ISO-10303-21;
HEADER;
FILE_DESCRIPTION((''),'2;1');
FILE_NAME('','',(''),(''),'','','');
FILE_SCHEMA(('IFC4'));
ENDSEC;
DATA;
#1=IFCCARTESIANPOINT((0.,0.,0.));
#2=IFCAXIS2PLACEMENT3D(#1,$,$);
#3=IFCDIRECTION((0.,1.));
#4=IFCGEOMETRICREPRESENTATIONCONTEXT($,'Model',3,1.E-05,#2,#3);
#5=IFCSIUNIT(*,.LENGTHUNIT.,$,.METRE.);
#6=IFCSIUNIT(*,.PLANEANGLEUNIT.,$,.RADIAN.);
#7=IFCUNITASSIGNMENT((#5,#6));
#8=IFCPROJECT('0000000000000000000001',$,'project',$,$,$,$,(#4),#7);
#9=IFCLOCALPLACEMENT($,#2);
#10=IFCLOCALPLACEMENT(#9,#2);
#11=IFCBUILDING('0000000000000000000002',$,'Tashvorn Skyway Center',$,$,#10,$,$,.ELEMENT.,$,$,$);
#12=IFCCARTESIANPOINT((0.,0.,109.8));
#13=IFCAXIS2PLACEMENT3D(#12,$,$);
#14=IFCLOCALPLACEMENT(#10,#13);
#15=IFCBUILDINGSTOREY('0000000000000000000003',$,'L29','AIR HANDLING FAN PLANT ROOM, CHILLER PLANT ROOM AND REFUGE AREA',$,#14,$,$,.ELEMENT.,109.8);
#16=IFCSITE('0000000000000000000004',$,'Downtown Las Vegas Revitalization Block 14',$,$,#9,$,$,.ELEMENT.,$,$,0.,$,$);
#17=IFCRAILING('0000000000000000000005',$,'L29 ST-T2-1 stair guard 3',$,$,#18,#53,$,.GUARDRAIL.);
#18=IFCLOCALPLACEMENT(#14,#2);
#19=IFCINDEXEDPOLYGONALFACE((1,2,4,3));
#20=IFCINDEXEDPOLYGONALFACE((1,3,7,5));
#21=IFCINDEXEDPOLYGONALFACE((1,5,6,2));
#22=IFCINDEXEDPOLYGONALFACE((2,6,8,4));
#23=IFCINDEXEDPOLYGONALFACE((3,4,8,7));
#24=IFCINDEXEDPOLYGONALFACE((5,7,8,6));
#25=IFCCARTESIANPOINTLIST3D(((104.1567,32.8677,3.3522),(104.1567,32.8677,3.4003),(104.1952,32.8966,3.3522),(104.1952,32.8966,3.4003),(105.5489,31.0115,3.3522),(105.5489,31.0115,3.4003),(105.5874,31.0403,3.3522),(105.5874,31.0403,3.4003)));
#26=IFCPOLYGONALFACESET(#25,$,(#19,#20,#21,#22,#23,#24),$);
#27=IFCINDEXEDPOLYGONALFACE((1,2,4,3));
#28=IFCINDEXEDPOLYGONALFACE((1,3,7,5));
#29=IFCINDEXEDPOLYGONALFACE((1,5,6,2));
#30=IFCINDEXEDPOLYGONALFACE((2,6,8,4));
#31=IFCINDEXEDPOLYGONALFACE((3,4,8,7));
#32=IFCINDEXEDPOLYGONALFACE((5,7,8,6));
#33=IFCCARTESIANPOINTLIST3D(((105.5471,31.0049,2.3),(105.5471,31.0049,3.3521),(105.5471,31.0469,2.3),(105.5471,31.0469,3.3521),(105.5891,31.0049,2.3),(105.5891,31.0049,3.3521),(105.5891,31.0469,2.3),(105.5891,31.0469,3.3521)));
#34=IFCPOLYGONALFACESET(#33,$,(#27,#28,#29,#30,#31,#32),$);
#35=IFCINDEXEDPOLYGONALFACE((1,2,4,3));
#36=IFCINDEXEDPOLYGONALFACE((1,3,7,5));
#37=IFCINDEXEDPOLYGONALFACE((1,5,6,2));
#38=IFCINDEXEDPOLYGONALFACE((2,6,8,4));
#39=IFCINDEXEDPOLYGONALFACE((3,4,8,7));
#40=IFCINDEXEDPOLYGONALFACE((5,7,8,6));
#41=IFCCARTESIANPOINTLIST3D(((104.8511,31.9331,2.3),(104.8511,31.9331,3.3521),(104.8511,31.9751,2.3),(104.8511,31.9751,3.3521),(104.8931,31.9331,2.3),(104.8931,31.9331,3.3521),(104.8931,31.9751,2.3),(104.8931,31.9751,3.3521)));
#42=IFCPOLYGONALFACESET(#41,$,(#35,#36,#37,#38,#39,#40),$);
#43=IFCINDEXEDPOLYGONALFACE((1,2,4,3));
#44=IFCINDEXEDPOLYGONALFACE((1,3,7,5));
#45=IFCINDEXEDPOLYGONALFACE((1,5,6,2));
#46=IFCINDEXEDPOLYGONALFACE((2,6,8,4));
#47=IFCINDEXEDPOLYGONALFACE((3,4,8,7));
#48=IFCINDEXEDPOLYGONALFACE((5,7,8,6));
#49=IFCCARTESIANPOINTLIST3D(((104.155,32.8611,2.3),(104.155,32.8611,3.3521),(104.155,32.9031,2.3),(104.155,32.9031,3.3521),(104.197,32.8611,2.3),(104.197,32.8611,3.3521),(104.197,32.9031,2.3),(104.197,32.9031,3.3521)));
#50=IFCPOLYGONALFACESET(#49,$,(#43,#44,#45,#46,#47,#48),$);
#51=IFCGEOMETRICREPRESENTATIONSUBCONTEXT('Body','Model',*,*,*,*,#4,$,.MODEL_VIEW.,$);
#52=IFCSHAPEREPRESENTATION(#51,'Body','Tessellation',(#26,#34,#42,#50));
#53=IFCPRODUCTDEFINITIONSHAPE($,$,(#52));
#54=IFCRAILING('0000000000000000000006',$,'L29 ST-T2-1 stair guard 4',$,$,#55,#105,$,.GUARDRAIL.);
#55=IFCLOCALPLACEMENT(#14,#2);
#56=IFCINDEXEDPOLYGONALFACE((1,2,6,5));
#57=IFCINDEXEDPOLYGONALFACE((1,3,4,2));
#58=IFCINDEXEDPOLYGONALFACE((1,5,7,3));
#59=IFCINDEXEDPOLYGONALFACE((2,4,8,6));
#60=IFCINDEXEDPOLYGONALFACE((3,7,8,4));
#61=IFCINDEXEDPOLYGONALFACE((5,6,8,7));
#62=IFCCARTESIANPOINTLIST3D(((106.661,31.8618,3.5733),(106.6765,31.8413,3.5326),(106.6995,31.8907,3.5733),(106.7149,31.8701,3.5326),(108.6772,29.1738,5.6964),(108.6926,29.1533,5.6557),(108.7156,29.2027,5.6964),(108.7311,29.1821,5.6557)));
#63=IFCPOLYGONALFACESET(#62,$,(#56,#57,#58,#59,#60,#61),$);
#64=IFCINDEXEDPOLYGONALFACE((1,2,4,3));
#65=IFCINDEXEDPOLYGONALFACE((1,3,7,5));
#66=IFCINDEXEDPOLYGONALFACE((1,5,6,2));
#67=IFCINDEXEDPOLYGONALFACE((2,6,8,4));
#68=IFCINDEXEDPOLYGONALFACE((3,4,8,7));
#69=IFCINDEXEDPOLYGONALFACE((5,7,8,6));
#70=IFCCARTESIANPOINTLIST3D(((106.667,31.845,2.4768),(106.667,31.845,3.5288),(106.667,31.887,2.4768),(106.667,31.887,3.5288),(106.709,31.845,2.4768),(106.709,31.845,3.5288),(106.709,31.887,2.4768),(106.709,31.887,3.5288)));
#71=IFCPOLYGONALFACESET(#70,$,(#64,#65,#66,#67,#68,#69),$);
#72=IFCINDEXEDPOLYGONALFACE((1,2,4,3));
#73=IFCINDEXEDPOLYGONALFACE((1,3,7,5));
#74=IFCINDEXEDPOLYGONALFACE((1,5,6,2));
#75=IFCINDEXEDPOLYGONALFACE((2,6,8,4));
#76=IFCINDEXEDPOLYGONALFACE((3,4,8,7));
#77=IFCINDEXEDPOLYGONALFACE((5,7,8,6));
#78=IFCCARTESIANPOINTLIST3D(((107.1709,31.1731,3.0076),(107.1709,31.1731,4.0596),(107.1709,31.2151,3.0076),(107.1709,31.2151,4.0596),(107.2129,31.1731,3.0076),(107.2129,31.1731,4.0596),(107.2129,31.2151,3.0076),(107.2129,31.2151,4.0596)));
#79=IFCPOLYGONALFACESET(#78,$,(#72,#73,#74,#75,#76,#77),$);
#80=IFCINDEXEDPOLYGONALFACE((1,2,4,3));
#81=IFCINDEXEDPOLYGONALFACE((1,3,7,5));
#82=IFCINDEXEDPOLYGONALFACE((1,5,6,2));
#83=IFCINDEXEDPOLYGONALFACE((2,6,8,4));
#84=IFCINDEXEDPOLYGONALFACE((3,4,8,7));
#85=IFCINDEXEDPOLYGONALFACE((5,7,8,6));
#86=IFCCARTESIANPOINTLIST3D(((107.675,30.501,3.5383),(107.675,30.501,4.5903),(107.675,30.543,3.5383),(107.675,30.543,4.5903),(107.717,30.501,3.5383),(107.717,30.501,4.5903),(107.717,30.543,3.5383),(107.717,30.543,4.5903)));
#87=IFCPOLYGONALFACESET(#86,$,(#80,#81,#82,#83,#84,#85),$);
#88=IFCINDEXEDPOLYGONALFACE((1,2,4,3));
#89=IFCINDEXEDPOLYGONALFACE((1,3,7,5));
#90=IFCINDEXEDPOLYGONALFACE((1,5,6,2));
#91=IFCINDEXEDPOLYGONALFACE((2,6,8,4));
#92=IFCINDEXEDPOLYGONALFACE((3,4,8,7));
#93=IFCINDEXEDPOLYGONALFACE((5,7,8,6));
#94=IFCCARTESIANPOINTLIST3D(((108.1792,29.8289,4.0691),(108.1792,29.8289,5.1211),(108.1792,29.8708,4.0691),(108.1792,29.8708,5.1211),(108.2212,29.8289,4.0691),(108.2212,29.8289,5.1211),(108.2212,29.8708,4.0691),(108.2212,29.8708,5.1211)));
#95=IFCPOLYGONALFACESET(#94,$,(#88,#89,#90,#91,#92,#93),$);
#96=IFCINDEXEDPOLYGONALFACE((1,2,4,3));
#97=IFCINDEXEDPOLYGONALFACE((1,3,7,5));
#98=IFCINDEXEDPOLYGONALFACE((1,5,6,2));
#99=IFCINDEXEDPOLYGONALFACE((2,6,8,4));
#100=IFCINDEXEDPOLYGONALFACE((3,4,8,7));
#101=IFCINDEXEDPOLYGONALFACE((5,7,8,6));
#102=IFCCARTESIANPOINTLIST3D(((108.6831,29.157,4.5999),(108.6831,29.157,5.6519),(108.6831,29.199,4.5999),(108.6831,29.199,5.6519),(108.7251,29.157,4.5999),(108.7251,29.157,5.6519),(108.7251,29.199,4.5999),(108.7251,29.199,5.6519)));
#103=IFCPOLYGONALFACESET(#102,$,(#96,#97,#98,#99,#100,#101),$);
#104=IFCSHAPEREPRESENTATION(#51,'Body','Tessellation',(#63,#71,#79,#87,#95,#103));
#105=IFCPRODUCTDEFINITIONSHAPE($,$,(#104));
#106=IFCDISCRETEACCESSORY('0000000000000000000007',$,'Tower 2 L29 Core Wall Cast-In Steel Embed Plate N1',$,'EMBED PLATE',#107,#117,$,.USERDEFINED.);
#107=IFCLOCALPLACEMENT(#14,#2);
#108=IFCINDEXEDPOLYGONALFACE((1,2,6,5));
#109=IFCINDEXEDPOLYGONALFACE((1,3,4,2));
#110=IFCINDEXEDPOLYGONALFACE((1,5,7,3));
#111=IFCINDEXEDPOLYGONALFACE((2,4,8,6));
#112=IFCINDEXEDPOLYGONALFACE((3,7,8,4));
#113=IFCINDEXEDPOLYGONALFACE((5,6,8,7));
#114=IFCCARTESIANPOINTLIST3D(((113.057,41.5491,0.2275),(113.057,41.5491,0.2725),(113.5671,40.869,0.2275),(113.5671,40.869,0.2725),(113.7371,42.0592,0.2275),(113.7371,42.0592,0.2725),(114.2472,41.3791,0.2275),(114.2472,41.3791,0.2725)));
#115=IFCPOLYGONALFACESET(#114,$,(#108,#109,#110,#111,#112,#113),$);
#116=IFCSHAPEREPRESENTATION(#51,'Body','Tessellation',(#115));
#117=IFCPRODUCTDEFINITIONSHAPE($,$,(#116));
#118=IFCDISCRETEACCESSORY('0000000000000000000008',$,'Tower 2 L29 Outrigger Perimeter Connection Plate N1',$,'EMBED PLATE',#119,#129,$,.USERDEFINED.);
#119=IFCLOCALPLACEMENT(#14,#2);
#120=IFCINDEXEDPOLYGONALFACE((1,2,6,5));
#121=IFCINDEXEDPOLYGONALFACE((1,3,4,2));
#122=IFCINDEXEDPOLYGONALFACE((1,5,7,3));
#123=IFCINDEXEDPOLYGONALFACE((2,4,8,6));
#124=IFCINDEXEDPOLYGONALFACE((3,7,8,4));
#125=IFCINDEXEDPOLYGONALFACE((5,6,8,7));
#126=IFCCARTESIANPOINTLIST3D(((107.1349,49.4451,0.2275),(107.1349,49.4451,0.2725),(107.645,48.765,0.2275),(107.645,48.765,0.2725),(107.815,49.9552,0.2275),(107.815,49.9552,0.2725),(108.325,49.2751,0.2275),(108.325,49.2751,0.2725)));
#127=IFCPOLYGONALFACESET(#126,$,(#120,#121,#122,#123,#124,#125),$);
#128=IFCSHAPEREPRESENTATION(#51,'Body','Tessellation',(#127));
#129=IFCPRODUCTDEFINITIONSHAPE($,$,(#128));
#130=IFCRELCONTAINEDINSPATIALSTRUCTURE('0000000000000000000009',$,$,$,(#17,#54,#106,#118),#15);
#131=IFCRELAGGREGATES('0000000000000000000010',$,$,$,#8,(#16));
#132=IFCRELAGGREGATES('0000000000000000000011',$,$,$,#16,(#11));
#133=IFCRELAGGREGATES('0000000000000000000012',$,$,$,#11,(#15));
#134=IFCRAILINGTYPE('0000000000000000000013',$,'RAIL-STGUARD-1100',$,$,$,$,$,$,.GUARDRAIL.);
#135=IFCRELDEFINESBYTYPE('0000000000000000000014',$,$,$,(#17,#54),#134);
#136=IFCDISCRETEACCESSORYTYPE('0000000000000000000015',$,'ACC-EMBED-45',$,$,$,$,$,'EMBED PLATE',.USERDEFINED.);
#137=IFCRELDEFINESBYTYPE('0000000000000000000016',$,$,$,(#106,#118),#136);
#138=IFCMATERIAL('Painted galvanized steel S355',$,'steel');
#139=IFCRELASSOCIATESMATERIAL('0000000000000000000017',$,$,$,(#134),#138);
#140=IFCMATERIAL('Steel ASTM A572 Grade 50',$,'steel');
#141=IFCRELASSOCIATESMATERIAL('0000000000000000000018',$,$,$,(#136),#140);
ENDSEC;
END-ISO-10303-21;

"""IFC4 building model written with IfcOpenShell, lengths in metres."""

from ifc_helpers import new_model, si_unit, direction, frame, origin, origin_2d, place, context, subcontext, project, spatial, rectangle, extrude, material, type_object, element, save


model = new_model("IFC4")

# Units and contexts
model_context = context("Model", 3, precision=1e-05, world=origin(), true_north=direction((0.0, 1.0)))
body_context = subcontext(model_context, "Body", "Model", "MODEL_VIEW")
ifc_project = project(units=[si_unit("LENGTHUNIT", "METRE"), si_unit("PLANEANGLEUNIT", "RADIAN")], contexts=[model_context])

# Site, building, storey
site_placement = place(None, origin())
site = spatial("IfcSite", under=ifc_project, at=site_placement, Name="Downtown Las Vegas Revitalization Block 14", CompositionType="ELEMENT", RefElevation=0.0)
building_placement = place(site_placement, origin())
building = spatial("IfcBuilding", under=site, at=building_placement, Name="Tashvorn Skyway Center", CompositionType="ELEMENT")
storey_placement = place(building_placement, frame((0.0, 0.0, 109.8)))
storey = spatial("IfcBuildingStorey", under=building, at=storey_placement, Name="L29", Description="AIR HANDLING FAN PLANT ROOM, CHILLER PLANT ROOM AND REFUGE AREA", CompositionType="ELEMENT", Elevation=109.8)

# Shared definitions
ifc_material_1 = material(Name="Steel ASTM A572 Grade 50", Category="steel")

# Railings
ifc_material_2 = material(Name="Painted galvanized steel S355", Category="steel")
railing_type_1 = type_object("IfcRailingType", Name="RAIL-STGUARD-1100", PredefinedType="GUARDRAIL", material=ifc_material_2)
railing_1_placement = place(storey_placement, frame((105.5681, 31.0259, 2.3)))
element("IfcRailing", 1, at=railing_1_placement, inside=storey, type_object=railing_type_1, Name="L29 ST-T2-1 stair guard 3", PredefinedType="GUARDRAIL", context=body_context, shape_type="SweptSolid", body=[
    extrude(rectangle(XDim=0.0481, YDim=0.0481, at=origin_2d()), frame((0.0, 0.0, 1.0762), z_axis=(-0.599983, 0.800013, 0.0), x_axis=(-0.800013, -0.599983, 0.0)), (0.0, 0.0, 1.0), 2.3203),
    extrude(rectangle(XDim=0.042, YDim=0.042, at=origin_2d()), origin(), (0.0, 0.0, 1.0), 1.052),
    extrude(rectangle(XDim=0.042, YDim=0.042, at=origin_2d()), frame((-0.696, 0.9282, 0.0)), (0.0, 0.0, 1.0), 1.052),
    extrude(rectangle(XDim=0.042, YDim=0.042, at=origin_2d()), frame((-1.3921, 1.8562, 0.0)), (0.0, 0.0, 1.0), 1.052),
])
railing_2_placement = place(storey_placement, frame((106.688, 31.866, 2.4768)))
element("IfcRailing", 2, at=railing_2_placement, inside=storey, type_object=railing_type_1, Name="L29 ST-T2-1 stair guard 4", PredefinedType="GUARDRAIL", context=body_context, shape_type="SweptSolid", body=[
    extrude(rectangle(XDim=0.0481, YDim=0.0481, at=origin_2d()), frame((0.0, 0.0, 1.0762), z_axis=(0.507251, -0.676294, 0.534156), x_axis=(0.799983, 0.600023, 0.0)), (0.0, 0.0, 1.0), 3.9746),
    extrude(rectangle(XDim=0.042, YDim=0.042, at=origin_2d()), origin(), (0.0, 0.0, 1.0), 1.052),
    extrude(rectangle(XDim=0.042, YDim=0.042, at=origin_2d()), frame((0.5039, -0.6719, 0.5308)), (0.0, 0.0, 1.0), 1.052),
    extrude(rectangle(XDim=0.042, YDim=0.042, at=origin_2d()), frame((1.0081, -1.344, 1.0615)), (0.0, 0.0, 1.0), 1.052),
    extrude(rectangle(XDim=0.042, YDim=0.042, at=origin_2d()), frame((1.5122, -2.0161, 1.5923)), (0.0, 0.0, 1.0), 1.052),
    extrude(rectangle(XDim=0.042, YDim=0.042, at=origin_2d()), frame((2.0161, -2.688, 2.123)), (0.0, 0.0, 1.0), 1.052),
])

# Discrete accessories
discrete_accessory_type = type_object("IfcDiscreteAccessoryType", Name="ACC-EMBED-45", ElementType="EMBED PLATE", PredefinedType="USERDEFINED", material=ifc_material_1)
for number, where, z_axis, x_axis, name in (
    (3, (113.6521, 41.4641, 0.2275), (0.0, 0.0, 1.0), (0.8, 0.6, 0.0), "Tower 2 L29 Core Wall Cast-In Steel Embed Plate N1"),
    (4, (107.73, 49.3601, 0.2275), (0.0, 0.0, 1.0), (0.8, 0.6, 0.0), "Tower 2 L29 Outrigger Perimeter Connection Plate N1"),
):
    element("IfcDiscreteAccessory", number, at=place(storey_placement, frame(where, z_axis=z_axis, x_axis=x_axis)), inside=storey, type_object=discrete_accessory_type, Name=name, ObjectType="EMBED PLATE", PredefinedType="USERDEFINED", context=body_context, shape_type="SweptSolid", body=[
        extrude(rectangle(XDim=0.8501, YDim=0.8501, at=origin_2d()), origin(), (0.0, 0.0, 1.0), 0.0449),
    ])

save(model, "model.ifc")
